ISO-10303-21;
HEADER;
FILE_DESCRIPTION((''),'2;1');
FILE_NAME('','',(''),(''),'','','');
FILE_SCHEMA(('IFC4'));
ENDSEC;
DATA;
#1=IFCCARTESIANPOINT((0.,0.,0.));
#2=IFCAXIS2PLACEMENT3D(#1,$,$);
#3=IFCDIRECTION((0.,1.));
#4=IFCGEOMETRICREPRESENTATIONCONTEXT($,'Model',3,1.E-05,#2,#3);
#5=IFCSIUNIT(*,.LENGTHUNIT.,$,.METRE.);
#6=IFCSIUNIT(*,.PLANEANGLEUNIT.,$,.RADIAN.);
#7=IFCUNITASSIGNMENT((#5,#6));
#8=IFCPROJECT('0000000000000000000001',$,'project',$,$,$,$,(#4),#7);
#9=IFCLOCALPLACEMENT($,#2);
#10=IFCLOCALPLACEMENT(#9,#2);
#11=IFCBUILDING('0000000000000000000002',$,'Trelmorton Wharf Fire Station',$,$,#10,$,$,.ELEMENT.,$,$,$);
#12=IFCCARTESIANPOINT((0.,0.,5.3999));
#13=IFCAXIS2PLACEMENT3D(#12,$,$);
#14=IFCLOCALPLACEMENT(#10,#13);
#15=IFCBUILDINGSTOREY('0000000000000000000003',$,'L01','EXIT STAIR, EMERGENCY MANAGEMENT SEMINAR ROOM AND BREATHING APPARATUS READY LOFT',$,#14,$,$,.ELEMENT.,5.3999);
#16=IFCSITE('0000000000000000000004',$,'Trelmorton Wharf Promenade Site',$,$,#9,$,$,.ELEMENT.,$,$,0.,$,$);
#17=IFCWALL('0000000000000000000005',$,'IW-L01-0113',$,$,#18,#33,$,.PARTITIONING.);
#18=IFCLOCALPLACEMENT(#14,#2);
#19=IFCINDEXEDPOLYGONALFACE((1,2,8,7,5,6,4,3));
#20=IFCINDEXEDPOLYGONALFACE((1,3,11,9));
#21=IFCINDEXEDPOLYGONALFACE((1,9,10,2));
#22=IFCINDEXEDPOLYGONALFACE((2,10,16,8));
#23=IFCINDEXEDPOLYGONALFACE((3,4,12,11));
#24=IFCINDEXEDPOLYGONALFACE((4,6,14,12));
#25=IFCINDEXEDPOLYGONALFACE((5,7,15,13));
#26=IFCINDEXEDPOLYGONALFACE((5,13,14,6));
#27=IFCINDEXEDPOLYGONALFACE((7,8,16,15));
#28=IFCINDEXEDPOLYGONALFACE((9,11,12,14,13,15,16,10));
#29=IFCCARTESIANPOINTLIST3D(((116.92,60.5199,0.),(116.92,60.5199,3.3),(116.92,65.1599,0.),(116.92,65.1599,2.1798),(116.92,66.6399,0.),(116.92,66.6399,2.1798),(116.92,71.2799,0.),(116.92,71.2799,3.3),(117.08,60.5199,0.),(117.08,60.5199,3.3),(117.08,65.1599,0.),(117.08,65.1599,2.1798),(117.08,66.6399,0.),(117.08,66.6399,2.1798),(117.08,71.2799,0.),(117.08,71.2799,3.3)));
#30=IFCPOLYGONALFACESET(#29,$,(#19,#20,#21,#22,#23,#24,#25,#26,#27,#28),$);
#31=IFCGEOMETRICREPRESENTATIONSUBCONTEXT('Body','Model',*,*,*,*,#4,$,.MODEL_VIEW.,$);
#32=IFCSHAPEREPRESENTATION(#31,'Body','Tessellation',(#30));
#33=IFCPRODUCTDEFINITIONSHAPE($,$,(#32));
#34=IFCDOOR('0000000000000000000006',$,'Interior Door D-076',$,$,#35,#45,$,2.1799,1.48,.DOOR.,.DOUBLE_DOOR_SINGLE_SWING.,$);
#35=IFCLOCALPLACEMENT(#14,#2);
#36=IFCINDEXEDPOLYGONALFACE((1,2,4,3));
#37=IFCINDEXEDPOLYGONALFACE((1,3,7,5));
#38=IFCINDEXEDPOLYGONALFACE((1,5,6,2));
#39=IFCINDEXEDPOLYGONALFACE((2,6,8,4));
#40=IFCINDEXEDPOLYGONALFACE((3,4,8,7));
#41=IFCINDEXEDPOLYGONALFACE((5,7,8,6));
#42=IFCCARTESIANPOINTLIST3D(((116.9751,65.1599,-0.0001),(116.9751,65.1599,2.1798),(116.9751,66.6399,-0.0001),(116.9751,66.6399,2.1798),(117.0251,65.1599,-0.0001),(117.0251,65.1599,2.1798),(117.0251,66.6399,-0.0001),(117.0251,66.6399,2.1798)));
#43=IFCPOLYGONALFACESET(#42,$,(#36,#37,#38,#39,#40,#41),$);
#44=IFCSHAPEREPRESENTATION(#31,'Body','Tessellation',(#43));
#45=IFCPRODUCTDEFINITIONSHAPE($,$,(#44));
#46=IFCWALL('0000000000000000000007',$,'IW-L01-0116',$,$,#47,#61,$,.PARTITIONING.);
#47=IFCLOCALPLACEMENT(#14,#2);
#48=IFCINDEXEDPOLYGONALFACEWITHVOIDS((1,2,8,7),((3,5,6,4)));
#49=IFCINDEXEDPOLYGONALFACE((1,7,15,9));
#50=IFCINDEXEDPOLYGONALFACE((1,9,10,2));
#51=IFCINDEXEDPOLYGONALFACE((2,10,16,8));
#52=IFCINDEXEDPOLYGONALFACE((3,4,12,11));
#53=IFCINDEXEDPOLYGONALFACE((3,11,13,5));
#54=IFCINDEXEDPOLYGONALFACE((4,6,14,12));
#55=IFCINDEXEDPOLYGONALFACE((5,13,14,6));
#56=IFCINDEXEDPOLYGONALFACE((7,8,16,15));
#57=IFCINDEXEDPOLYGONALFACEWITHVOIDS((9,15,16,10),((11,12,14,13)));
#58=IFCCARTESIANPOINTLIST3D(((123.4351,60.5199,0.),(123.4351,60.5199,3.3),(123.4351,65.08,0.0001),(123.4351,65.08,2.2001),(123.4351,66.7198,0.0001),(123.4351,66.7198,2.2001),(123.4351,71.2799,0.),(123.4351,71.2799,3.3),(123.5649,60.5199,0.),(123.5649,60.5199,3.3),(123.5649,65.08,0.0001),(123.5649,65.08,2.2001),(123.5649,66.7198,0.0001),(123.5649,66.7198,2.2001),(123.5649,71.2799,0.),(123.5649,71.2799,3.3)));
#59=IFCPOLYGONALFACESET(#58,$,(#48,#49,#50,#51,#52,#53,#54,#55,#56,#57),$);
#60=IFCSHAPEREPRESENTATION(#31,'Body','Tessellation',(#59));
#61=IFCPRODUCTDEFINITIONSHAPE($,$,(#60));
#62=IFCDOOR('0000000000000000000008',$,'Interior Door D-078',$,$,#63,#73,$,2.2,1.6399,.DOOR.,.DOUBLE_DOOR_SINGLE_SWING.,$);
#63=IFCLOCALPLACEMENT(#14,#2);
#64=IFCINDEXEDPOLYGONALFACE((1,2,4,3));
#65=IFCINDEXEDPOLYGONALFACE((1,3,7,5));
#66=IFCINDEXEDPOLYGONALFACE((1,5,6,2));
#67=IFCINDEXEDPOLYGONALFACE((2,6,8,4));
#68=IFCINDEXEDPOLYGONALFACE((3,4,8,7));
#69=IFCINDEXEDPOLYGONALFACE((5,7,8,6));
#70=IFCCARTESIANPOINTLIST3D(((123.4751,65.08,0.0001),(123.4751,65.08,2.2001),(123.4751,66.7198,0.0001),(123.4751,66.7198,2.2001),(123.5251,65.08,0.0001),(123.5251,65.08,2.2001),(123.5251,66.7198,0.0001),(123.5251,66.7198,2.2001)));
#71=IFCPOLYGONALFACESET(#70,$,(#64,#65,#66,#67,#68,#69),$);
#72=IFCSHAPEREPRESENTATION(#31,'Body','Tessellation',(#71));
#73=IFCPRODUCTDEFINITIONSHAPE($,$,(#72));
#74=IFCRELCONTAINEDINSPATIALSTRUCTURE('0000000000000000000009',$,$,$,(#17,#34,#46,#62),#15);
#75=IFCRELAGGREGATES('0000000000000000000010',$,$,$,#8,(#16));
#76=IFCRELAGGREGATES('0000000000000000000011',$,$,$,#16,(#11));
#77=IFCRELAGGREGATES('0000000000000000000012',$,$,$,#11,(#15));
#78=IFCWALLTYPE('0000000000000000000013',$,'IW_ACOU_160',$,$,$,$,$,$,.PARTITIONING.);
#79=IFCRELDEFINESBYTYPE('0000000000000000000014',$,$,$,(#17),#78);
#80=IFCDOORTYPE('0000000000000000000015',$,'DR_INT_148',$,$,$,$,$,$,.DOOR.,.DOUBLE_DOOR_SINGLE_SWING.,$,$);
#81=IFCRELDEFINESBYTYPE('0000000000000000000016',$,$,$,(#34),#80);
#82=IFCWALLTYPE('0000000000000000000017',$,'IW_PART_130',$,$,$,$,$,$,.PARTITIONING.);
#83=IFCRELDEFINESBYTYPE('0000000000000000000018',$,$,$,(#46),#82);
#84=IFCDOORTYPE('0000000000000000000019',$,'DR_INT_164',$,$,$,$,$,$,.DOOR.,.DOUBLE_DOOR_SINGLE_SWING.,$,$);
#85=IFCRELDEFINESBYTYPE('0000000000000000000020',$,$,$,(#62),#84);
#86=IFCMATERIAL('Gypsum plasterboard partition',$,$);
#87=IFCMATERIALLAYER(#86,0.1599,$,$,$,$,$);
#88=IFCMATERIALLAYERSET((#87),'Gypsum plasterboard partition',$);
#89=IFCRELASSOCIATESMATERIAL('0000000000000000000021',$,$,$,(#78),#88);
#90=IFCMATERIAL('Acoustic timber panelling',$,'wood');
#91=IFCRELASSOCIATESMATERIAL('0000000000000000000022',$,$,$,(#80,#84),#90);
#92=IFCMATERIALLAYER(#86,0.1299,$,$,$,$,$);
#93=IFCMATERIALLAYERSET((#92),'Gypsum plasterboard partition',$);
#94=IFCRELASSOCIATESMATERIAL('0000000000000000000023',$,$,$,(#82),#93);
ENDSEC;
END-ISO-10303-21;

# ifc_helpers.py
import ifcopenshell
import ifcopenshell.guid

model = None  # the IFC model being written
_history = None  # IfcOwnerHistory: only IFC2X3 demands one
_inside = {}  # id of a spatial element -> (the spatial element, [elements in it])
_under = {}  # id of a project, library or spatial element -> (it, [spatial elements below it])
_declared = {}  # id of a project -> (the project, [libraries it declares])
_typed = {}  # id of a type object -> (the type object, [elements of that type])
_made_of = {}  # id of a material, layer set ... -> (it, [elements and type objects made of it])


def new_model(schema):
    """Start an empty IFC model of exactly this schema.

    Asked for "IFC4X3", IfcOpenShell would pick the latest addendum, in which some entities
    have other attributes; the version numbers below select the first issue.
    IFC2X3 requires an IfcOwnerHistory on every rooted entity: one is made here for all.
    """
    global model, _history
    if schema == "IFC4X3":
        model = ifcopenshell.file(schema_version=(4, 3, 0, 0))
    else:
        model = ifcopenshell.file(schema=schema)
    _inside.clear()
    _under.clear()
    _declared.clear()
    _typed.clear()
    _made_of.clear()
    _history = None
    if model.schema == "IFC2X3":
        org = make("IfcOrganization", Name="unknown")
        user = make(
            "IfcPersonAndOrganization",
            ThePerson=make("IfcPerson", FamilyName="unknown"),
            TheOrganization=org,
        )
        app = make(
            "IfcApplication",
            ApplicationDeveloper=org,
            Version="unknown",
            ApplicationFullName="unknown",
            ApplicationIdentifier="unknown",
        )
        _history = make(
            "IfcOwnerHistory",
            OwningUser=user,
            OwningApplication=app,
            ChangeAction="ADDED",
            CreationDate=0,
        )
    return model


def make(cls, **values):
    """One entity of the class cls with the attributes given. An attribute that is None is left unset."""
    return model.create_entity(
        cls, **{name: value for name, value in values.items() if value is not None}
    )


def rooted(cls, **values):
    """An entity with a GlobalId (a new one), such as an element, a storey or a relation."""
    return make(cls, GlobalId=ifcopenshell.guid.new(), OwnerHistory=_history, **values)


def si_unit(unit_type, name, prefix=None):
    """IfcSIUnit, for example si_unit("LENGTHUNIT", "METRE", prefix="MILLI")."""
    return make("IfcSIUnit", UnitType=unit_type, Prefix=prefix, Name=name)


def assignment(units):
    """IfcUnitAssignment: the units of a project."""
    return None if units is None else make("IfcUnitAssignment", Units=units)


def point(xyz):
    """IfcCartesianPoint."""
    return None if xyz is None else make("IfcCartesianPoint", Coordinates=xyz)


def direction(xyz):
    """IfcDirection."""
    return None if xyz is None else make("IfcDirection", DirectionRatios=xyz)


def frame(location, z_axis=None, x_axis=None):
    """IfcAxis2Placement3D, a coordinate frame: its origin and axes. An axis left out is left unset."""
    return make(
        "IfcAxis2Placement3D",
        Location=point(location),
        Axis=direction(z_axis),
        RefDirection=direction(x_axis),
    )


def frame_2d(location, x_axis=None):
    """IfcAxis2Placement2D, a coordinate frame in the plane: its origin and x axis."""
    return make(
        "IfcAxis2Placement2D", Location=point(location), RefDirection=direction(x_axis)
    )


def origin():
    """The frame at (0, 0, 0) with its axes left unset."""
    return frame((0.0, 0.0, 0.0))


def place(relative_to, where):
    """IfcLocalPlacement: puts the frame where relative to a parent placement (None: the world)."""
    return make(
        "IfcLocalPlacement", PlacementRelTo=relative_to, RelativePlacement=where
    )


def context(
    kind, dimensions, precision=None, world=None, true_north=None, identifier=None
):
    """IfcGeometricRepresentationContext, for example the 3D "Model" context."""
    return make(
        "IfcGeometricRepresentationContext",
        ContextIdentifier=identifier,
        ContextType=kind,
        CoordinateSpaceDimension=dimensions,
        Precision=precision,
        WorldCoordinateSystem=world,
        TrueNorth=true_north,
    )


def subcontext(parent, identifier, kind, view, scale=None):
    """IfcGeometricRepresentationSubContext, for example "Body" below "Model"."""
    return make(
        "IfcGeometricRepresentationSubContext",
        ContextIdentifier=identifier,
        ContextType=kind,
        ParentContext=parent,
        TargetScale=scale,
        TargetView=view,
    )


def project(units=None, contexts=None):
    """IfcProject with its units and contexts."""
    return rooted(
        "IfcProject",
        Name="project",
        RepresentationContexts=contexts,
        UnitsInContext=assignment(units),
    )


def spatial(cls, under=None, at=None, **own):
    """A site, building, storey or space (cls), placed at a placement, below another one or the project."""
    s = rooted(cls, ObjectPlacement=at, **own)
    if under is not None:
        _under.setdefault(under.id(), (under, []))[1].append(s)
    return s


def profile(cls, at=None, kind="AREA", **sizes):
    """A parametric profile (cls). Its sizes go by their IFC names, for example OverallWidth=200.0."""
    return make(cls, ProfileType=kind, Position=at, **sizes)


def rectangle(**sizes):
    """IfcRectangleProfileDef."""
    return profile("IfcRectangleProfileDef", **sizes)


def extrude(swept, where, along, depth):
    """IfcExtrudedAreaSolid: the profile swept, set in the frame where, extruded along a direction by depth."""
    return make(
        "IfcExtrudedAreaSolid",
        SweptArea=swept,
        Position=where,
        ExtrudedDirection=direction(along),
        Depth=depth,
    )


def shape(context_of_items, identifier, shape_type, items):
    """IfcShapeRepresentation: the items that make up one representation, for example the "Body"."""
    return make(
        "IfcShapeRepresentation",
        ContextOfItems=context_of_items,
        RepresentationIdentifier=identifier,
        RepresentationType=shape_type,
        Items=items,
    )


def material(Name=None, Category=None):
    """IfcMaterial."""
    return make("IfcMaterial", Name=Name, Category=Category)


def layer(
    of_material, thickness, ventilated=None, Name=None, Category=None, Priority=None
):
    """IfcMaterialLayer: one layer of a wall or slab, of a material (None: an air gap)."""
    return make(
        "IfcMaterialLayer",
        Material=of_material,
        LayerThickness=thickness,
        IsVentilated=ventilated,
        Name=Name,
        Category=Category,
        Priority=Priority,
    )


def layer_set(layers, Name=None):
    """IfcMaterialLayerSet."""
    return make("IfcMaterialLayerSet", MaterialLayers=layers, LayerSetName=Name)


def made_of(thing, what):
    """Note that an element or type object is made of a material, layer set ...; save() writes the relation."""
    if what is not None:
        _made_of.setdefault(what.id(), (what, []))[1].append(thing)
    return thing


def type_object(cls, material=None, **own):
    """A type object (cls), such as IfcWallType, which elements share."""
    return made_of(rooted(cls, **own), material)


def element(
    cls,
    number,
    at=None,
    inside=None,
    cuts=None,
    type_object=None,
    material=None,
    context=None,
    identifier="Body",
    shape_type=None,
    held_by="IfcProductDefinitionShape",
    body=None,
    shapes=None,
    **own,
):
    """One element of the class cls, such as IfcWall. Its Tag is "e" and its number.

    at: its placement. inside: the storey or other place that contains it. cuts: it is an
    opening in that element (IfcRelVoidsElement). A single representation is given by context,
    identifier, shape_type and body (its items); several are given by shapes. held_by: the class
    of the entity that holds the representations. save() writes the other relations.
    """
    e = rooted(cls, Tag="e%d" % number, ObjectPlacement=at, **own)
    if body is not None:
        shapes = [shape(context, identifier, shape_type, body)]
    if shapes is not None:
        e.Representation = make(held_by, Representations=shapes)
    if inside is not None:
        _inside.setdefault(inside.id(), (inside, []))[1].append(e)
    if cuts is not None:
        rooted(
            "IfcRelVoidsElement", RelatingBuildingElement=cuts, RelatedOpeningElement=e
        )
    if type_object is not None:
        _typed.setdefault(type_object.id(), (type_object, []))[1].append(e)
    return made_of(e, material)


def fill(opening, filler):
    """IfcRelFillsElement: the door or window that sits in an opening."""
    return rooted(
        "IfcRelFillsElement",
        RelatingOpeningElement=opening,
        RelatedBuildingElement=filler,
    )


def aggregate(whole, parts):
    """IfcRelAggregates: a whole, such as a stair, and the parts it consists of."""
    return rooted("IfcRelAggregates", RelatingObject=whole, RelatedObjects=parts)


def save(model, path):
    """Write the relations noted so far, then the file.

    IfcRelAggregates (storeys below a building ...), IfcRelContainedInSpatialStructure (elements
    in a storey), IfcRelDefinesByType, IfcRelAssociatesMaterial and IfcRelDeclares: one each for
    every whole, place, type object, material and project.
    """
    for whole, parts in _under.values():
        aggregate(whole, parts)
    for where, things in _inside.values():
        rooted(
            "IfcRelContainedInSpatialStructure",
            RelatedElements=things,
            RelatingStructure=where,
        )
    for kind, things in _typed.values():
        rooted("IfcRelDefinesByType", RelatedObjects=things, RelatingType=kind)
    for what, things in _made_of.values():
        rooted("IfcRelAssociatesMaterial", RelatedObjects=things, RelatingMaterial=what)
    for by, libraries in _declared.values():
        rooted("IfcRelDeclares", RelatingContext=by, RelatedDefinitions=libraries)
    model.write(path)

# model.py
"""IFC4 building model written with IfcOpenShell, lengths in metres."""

from ifc_helpers import new_model, si_unit, direction, frame, frame_2d, origin, place, context, subcontext, project, spatial, rectangle, extrude, material, layer, layer_set, type_object, element, fill, save


model = new_model("IFC4")

# Units and contexts
model_context = context("Model", 3, precision=1e-05, world=origin(), true_north=direction((0.0, 1.0)))
body_context = subcontext(model_context, "Body", "Model", "MODEL_VIEW")
ifc_project = project(units=[si_unit("LENGTHUNIT", "METRE"), si_unit("PLANEANGLEUNIT", "RADIAN")], contexts=[model_context])

# Site, building, storey
site_placement = place(None, origin())
site = spatial("IfcSite", under=ifc_project, at=site_placement, Name="Trelmorton Wharf Promenade Site", CompositionType="ELEMENT", RefElevation=0.0)
building_placement = place(site_placement, origin())
building = spatial("IfcBuilding", under=site, at=building_placement, Name="Trelmorton Wharf Fire Station", CompositionType="ELEMENT")
storey_placement = place(building_placement, frame((0.0, 0.0, 5.3999)))
storey = spatial("IfcBuildingStorey", under=building, at=storey_placement, Name="L01", Description="EXIT STAIR, EMERGENCY MANAGEMENT SEMINAR ROOM AND BREATHING APPARATUS READY LOFT", CompositionType="ELEMENT", Elevation=5.3999)

# Walls, openings, doors
ifc_material_1 = material(Name="Gypsum plasterboard partition")
ifc_layer_1 = layer(ifc_material_1, 0.1599)
ifc_layer_set_1 = layer_set([ifc_layer_1], Name="Gypsum plasterboard partition")
wall_type_1 = type_object("IfcWallType", Name="IW_ACOU_160", PredefinedType="PARTITIONING", material=ifc_layer_set_1)
wall_1_placement = place(storey_placement, frame((117.0, 60.52, 0.0), z_axis=(0.0, 0.0, 1.0), x_axis=(0.0, 1.0, 0.0)))
wall_1 = element("IfcWall", 1, at=wall_1_placement, inside=storey, type_object=wall_type_1, Name="IW-L01-0113", PredefinedType="PARTITIONING", context=body_context, shape_type="SweptSolid", body=[
    extrude(rectangle(XDim=10.76, YDim=0.1599, at=frame_2d((5.3799, 0.0))), origin(), (0.0, 0.0, 1.0), 3.3),
])
opening_1_placement = place(wall_1_placement, frame((4.6399, 0.0, 0.0)))
opening_1 = element("IfcOpeningElement", 2, at=opening_1_placement, cuts=wall_1, PredefinedType="OPENING", context=body_context, shape_type="SweptSolid", body=[
    extrude(rectangle(XDim=1.48, YDim=2.1799, at=frame_2d((0.74, 1.0898))), frame((0.0, 0.0898, 0.0), z_axis=(0.0, -1.0, 0.0), x_axis=(1.0, 0.0, 0.0)), (0.0, 0.0, 1.0), 0.1799),
])
ifc_material_2 = material(Name="Acoustic timber panelling", Category="wood")
door_type_1 = type_object("IfcDoorType", Name="DR_INT_148", OperationType="DOUBLE_DOOR_SINGLE_SWING", PredefinedType="DOOR", material=ifc_material_2)
door_1_placement = place(opening_1_placement, origin())
door_1 = element("IfcDoor", 3, at=door_1_placement, inside=storey, type_object=door_type_1, Name="Interior Door D-076", OperationType="DOUBLE_DOOR_SINGLE_SWING", OverallHeight=2.1799, OverallWidth=1.48, PredefinedType="DOOR", context=body_context, shape_type="SweptSolid", body=[
    extrude(rectangle(XDim=1.48, YDim=2.1799, at=frame_2d((0.74, 1.0898))), frame((0.0, 0.0249, 0.0), z_axis=(0.0, -1.0, 0.0), x_axis=(1.0, 0.0, 0.0)), (0.0, 0.0, 1.0), 0.05),
])
fill(opening_1, door_1)
ifc_layer_2 = layer(ifc_material_1, 0.1299)
ifc_layer_set_2 = layer_set([ifc_layer_2], Name="Gypsum plasterboard partition")
wall_type_2 = type_object("IfcWallType", Name="IW_PART_130", PredefinedType="PARTITIONING", material=ifc_layer_set_2)
wall_2_placement = place(storey_placement, frame((123.5, 60.52, 0.0), z_axis=(0.0, 0.0, 1.0), x_axis=(0.0, 1.0, 0.0)))
wall_2 = element("IfcWall", 4, at=wall_2_placement, inside=storey, type_object=wall_type_2, Name="IW-L01-0116", PredefinedType="PARTITIONING", context=body_context, shape_type="SweptSolid", body=[
    extrude(rectangle(XDim=10.76, YDim=0.1299, at=frame_2d((5.3799, 0.0))), origin(), (0.0, 0.0, 1.0), 3.3),
])
opening_2_placement = place(wall_2_placement, frame((4.5601, 0.0, 0.0)))
opening_2 = element("IfcOpeningElement", 5, at=opening_2_placement, cuts=wall_2, PredefinedType="OPENING", context=body_context, shape_type="SweptSolid", body=[
    extrude(rectangle(XDim=1.6399, YDim=2.2, at=frame_2d((0.8198, 1.1001))), frame((0.0, 0.075, 0.0), z_axis=(0.0, -1.0, 0.0), x_axis=(1.0, 0.0, 0.0)), (0.0, 0.0, 1.0), 0.1499),
])
door_type_2 = type_object("IfcDoorType", Name="DR_INT_164", OperationType="DOUBLE_DOOR_SINGLE_SWING", PredefinedType="DOOR", material=ifc_material_2)
door_2_placement = place(opening_2_placement, origin())
door_2 = element("IfcDoor", 6, at=door_2_placement, inside=storey, type_object=door_type_2, Name="Interior Door D-078", OperationType="DOUBLE_DOOR_SINGLE_SWING", OverallHeight=2.2, OverallWidth=1.6399, PredefinedType="DOOR", context=body_context, shape_type="SweptSolid", body=[
    extrude(rectangle(XDim=1.6399, YDim=2.2, at=frame_2d((0.8198, 1.1001))), frame((0.0, 0.0249, 0.0), z_axis=(0.0, -1.0, 0.0), x_axis=(1.0, 0.0, 0.0)), (0.0, 0.0, 1.0), 0.05),
])
fill(opening_2, door_2)

save(model, "model.ifc")
